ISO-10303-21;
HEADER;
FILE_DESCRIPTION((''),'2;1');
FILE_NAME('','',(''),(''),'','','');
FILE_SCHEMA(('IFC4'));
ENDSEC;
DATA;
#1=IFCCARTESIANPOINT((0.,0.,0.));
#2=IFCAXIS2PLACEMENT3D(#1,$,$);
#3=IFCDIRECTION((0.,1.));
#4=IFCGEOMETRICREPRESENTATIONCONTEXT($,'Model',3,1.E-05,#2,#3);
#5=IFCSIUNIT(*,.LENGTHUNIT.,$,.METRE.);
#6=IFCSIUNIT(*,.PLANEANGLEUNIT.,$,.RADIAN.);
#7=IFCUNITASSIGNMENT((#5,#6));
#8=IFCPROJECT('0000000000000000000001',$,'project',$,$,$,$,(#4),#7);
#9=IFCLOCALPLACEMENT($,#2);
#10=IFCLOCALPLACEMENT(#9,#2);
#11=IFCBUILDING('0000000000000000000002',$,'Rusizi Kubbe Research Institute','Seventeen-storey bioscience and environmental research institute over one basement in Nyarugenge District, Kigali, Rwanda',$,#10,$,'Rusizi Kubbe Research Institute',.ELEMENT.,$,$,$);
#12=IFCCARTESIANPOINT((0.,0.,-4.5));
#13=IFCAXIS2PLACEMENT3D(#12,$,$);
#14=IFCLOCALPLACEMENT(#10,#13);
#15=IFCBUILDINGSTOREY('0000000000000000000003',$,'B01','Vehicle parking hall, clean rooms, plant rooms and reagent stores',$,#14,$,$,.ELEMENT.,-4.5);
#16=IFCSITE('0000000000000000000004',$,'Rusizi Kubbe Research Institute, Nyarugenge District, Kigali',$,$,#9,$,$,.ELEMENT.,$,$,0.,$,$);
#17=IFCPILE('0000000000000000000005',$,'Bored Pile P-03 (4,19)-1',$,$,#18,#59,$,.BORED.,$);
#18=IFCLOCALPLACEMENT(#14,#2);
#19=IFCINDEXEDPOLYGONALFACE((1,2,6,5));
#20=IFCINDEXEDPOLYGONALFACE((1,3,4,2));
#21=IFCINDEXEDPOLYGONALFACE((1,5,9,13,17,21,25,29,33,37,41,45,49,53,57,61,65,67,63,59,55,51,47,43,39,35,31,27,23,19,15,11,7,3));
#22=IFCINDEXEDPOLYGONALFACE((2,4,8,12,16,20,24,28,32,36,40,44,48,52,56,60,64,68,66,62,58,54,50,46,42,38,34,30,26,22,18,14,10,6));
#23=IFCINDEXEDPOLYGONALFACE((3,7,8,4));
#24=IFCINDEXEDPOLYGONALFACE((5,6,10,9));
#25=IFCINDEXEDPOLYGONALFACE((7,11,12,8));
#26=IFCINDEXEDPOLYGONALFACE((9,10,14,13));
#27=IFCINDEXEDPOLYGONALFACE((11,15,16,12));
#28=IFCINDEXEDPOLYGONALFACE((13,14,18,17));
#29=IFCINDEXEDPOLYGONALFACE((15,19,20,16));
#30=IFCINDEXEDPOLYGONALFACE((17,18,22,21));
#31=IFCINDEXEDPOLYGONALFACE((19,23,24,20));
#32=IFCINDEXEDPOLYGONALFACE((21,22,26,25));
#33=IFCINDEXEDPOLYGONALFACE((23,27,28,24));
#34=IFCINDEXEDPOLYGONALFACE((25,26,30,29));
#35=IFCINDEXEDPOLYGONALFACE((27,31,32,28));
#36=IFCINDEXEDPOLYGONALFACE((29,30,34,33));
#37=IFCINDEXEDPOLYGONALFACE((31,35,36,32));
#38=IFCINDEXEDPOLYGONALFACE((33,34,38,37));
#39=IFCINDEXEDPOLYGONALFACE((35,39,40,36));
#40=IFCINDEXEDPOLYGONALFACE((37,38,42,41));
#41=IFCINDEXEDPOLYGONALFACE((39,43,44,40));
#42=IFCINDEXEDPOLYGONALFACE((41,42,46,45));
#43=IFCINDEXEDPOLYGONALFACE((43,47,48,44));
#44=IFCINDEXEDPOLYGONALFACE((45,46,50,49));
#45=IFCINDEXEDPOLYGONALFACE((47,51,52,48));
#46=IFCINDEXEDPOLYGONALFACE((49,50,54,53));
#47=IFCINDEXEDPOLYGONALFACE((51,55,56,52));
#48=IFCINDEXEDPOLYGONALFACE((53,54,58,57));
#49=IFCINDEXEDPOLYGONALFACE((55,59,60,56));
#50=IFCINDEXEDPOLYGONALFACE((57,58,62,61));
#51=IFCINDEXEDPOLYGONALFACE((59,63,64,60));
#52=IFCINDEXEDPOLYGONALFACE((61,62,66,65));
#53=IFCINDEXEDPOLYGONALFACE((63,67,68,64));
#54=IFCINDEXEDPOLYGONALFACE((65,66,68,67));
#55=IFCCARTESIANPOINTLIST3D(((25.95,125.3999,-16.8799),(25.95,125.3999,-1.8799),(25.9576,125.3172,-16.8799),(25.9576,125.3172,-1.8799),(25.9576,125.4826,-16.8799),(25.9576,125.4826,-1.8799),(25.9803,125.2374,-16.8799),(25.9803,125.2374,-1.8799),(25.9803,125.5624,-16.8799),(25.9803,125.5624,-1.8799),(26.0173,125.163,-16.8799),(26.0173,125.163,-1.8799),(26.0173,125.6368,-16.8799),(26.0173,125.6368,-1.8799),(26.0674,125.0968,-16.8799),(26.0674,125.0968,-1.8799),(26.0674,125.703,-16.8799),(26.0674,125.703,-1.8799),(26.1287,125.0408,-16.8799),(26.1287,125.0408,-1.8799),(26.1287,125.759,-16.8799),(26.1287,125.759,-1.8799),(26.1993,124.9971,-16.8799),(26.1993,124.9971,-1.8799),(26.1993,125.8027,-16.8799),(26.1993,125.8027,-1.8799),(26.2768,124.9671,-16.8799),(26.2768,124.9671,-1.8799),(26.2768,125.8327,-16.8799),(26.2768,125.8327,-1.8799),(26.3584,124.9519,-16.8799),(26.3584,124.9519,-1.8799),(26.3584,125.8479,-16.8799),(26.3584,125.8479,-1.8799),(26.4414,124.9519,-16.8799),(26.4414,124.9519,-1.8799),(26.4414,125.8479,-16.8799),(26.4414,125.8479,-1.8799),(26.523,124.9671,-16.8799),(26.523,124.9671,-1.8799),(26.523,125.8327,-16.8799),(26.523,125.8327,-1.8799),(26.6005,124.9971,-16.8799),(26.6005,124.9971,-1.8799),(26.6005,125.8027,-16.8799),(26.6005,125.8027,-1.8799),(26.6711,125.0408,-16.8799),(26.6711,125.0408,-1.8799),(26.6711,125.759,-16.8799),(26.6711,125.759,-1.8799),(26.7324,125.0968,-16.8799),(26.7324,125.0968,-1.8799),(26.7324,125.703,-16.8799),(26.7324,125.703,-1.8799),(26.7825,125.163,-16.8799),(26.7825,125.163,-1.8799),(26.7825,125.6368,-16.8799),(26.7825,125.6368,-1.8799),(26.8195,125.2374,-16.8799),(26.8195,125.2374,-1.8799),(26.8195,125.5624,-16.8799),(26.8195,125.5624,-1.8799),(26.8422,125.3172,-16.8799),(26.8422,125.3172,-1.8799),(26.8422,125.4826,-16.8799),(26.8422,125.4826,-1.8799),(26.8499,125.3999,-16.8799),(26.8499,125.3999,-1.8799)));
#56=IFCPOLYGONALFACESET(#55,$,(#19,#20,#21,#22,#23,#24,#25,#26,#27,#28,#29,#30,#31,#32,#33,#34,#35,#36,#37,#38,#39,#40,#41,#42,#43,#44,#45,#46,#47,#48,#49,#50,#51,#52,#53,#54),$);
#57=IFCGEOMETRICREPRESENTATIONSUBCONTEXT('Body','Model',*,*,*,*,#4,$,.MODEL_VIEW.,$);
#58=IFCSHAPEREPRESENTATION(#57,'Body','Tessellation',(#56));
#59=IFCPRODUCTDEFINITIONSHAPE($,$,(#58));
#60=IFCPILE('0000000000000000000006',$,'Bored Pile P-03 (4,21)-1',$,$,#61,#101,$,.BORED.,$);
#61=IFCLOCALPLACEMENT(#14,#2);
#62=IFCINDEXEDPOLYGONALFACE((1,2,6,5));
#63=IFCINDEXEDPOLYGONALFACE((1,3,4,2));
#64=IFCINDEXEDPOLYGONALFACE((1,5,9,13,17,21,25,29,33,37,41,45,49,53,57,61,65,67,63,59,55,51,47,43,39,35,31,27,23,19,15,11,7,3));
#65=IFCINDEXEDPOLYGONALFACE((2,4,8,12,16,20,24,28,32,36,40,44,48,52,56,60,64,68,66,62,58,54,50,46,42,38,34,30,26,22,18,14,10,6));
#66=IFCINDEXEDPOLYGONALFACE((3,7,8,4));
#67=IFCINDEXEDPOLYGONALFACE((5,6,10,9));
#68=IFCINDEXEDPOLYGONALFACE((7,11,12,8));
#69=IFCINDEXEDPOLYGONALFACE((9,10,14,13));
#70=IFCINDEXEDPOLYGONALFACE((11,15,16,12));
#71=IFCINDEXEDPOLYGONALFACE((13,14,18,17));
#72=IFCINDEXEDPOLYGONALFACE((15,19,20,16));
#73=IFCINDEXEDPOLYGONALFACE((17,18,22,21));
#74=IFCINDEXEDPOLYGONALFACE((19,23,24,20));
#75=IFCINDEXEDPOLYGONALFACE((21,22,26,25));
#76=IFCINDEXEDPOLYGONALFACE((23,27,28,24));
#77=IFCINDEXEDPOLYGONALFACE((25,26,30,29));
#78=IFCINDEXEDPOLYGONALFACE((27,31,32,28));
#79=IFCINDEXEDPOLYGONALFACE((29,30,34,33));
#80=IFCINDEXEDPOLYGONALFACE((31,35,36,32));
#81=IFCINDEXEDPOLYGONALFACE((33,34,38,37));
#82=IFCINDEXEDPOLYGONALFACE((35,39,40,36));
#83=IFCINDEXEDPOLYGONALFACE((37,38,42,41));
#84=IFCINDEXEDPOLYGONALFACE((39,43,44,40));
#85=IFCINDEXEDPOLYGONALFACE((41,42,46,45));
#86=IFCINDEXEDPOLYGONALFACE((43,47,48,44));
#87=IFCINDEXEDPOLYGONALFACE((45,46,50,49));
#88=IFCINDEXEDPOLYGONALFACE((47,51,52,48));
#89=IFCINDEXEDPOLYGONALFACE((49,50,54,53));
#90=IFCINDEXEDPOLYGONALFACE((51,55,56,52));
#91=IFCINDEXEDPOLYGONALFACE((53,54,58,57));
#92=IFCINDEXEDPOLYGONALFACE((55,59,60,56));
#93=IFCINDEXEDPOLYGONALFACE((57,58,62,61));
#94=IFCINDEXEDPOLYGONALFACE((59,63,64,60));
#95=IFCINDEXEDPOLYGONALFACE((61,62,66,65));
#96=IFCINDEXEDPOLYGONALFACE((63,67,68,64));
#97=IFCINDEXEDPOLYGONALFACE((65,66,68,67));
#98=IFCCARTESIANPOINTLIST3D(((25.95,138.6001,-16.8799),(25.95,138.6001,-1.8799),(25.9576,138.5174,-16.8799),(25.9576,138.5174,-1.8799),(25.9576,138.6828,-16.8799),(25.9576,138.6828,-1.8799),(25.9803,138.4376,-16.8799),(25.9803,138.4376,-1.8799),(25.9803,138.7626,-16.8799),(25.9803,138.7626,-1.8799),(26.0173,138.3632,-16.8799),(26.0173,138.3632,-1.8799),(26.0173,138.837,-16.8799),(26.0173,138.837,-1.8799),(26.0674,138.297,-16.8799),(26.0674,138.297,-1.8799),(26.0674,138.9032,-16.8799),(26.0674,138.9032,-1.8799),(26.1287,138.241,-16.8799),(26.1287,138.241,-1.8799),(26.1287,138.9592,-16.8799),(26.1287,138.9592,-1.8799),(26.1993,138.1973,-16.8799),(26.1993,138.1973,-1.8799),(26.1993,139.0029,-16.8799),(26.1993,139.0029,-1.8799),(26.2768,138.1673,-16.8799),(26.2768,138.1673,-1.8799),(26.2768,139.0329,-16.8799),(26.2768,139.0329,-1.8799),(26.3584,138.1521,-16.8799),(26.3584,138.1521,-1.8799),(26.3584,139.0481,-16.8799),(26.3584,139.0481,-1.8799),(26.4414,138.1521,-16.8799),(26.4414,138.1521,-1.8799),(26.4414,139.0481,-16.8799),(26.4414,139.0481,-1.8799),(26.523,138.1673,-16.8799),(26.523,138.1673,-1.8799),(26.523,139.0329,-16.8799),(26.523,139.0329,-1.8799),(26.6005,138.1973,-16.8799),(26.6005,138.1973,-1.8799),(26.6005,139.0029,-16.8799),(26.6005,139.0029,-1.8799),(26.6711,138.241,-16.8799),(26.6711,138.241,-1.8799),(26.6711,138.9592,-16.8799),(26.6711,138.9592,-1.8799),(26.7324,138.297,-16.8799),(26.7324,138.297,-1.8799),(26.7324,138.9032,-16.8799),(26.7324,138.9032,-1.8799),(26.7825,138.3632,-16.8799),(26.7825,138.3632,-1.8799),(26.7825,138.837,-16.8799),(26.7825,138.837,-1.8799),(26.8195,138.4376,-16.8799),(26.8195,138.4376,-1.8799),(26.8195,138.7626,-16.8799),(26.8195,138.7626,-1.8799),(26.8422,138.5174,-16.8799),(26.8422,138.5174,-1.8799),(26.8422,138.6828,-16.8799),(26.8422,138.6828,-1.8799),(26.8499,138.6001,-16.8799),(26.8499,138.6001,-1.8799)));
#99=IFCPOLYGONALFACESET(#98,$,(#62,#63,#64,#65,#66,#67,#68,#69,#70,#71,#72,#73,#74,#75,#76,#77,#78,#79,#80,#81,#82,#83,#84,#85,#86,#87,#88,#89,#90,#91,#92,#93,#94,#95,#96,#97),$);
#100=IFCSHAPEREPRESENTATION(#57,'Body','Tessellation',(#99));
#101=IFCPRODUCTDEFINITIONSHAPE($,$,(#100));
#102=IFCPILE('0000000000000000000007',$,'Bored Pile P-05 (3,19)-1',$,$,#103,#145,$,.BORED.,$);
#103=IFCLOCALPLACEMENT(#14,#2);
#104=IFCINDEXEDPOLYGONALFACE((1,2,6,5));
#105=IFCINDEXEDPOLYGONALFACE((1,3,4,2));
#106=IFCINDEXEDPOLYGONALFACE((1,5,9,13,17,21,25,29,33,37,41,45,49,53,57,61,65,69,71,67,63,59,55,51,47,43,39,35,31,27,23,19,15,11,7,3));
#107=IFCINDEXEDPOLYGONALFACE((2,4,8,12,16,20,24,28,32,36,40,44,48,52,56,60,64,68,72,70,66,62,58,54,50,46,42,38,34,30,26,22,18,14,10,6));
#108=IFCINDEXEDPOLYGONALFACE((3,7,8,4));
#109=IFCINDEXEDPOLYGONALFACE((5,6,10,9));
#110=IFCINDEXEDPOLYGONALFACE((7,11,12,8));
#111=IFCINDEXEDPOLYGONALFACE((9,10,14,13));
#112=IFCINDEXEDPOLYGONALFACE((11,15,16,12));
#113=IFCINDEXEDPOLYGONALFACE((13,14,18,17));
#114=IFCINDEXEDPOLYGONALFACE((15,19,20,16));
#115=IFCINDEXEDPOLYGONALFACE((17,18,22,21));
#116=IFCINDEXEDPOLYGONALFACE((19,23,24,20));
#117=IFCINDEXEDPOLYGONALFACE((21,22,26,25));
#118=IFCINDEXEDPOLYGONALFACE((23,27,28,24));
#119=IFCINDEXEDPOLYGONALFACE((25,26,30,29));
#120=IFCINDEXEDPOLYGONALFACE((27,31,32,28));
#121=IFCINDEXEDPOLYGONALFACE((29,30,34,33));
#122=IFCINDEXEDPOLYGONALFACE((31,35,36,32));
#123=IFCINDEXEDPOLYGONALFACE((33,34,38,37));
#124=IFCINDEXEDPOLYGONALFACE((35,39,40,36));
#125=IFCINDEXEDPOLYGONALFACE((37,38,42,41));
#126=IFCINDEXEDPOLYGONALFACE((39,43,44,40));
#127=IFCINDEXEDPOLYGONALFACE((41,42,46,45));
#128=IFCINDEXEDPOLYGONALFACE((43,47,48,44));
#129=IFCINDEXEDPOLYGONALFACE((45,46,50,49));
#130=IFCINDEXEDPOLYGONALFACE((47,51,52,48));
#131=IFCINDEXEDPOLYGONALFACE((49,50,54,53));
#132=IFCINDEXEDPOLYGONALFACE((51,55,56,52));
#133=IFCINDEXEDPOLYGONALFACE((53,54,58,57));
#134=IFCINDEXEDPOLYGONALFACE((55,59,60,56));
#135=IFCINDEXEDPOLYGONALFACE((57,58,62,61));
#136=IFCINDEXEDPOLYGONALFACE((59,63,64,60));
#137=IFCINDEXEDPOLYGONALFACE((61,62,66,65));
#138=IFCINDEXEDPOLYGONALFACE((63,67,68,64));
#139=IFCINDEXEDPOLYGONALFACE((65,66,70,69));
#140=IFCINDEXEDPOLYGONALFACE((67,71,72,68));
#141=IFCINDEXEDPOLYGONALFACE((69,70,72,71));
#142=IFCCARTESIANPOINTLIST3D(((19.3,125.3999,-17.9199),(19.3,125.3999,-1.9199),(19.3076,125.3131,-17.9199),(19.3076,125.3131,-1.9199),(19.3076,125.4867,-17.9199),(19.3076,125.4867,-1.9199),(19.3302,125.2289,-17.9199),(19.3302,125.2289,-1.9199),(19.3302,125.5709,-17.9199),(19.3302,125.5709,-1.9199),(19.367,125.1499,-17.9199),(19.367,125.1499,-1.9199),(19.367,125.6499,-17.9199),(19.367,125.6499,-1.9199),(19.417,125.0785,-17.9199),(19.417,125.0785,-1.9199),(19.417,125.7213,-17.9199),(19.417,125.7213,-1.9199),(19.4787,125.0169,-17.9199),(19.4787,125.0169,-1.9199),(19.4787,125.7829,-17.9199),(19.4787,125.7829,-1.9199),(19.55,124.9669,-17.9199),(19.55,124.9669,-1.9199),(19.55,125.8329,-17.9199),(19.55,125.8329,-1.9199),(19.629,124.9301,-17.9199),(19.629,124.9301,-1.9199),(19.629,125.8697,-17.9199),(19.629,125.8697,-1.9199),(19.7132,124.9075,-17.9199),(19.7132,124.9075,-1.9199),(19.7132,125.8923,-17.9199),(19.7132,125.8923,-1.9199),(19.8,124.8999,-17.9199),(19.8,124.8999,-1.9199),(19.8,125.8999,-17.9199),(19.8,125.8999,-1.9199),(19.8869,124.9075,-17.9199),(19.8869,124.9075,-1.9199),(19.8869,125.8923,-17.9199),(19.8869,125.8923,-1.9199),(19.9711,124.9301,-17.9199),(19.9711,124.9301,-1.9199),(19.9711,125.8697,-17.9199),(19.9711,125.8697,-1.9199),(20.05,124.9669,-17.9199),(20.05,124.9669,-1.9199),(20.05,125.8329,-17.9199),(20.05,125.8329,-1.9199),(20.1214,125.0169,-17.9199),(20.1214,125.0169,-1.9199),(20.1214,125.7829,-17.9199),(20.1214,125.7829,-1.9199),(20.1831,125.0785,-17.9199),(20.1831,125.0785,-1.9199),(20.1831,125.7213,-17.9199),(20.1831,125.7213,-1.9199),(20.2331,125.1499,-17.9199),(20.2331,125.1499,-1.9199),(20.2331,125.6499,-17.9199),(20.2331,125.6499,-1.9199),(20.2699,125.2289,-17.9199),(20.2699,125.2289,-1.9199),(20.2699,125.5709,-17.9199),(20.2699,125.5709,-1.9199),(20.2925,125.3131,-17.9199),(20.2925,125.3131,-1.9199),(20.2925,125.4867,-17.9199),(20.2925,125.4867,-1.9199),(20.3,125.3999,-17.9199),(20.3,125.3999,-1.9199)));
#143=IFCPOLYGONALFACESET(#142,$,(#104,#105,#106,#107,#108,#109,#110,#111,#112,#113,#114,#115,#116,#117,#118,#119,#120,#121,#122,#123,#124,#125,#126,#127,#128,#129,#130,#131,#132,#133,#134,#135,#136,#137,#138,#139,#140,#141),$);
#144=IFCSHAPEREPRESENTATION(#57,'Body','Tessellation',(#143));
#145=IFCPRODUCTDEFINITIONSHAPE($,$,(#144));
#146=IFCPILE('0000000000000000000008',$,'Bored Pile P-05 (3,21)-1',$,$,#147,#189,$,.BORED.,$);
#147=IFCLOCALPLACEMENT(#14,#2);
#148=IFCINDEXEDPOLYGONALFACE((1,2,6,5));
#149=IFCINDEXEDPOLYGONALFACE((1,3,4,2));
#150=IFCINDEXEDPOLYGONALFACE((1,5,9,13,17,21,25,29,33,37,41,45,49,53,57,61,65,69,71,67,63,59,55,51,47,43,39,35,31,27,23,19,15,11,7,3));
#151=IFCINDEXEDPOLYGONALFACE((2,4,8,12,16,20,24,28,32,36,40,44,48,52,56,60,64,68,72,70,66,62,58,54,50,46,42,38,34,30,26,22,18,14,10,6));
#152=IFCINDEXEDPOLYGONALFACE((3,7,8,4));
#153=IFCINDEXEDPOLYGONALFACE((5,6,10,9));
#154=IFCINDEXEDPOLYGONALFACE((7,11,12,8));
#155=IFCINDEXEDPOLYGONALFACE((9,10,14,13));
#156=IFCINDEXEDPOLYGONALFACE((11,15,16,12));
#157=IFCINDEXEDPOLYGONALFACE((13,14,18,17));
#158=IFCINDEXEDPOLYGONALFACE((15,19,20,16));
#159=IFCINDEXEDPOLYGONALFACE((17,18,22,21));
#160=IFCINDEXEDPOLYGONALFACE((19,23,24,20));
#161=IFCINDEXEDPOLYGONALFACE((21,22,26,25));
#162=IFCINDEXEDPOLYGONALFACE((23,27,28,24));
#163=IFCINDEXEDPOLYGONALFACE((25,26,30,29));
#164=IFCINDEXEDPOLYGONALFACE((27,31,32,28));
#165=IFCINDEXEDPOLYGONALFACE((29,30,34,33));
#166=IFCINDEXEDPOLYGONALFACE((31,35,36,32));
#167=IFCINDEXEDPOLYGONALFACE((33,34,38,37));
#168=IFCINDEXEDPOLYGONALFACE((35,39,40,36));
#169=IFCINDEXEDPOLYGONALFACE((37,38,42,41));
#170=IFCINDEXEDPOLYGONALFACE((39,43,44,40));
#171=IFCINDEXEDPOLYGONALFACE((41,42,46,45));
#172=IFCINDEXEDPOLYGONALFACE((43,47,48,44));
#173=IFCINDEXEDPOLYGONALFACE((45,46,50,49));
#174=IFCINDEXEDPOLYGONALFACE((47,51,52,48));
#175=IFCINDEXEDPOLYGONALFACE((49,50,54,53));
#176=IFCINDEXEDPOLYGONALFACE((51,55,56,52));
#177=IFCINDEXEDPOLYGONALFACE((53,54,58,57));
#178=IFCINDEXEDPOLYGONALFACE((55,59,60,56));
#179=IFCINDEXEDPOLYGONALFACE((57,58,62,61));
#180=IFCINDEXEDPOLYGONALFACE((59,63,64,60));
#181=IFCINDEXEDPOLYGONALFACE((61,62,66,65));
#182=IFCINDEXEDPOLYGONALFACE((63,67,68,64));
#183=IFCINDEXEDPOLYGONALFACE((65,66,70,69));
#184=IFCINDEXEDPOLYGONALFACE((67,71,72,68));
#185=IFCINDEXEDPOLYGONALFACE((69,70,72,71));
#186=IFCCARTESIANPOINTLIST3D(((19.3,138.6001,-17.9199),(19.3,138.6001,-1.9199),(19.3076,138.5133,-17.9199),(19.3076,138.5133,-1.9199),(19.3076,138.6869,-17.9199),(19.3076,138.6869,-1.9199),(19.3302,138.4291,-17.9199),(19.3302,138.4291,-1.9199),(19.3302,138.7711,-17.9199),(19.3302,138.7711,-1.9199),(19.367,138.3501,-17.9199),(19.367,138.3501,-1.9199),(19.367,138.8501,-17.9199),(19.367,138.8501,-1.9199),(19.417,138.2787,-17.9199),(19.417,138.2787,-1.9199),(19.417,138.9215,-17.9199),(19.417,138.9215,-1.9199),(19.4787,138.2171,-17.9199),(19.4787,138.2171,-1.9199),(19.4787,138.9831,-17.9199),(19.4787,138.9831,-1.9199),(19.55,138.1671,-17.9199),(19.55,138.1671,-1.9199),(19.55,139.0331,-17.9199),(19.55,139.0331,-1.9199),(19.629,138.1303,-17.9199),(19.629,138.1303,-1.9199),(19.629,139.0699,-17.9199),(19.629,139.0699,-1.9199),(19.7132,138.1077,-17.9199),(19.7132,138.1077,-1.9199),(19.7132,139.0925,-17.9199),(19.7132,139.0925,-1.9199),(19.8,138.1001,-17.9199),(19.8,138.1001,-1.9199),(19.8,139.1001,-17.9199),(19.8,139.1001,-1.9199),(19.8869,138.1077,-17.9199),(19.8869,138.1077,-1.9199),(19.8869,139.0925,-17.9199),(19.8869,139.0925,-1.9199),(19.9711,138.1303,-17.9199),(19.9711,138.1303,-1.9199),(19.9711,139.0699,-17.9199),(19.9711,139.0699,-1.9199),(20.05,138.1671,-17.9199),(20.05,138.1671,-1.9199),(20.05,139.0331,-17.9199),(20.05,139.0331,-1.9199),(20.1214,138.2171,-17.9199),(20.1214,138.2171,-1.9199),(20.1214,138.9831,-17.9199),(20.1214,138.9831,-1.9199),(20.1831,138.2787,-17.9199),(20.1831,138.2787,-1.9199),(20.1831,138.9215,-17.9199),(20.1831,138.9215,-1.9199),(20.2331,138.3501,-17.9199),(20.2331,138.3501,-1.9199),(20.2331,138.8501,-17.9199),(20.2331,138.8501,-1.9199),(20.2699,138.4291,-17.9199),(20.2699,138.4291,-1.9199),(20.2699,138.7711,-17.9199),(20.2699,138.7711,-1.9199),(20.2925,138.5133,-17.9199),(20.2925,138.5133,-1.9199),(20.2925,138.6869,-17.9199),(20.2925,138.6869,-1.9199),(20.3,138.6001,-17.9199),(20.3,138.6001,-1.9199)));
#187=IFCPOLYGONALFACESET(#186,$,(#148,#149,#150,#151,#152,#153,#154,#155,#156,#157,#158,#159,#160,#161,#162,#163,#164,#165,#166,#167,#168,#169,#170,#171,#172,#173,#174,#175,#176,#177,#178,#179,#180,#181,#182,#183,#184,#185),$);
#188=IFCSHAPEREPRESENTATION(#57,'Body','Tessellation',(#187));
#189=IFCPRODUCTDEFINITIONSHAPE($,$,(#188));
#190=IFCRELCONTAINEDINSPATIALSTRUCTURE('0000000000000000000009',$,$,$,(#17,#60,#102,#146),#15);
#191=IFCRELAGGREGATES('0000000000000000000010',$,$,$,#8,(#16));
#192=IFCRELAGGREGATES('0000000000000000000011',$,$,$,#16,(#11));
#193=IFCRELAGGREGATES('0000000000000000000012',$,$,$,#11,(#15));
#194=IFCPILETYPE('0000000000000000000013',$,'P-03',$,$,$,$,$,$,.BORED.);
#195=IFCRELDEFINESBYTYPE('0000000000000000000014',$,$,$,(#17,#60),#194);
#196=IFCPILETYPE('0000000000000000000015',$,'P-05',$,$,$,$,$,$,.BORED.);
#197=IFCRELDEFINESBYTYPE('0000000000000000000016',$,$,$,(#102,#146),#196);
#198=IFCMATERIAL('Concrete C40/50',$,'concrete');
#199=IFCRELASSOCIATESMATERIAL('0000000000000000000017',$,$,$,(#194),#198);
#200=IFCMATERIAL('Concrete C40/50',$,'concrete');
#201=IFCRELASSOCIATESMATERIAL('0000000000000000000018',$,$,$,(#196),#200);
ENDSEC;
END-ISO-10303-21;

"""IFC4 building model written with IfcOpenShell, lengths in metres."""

from ifc_helpers import new_model, si_unit, direction, frame, origin, origin_2d, place, context, subcontext, project, spatial, circle, extrude, material, material_profile, profile_set, type_object, element, save


model = new_model("IFC4")

# Units and contexts
model_context = context("Model", 3, precision=1e-05, world=origin(), true_north=direction((0.0, 1.0)))
body_context = subcontext(model_context, "Body", "Model", "MODEL_VIEW")
ifc_project = project(units=[si_unit("LENGTHUNIT", "METRE"), si_unit("PLANEANGLEUNIT", "RADIAN")], contexts=[model_context])

# Site, building, storey
site_placement = place(None, origin())
site = spatial("IfcSite", under=ifc_project, at=site_placement, Name="Rusizi Kubbe Research Institute, Nyarugenge District, Kigali", CompositionType="ELEMENT", RefElevation=0.0)
building_placement = place(site_placement, origin())
building = spatial("IfcBuilding", under=site, at=building_placement, Name="Rusizi Kubbe Research Institute", Description="Seventeen-storey bioscience and environmental research institute over one basement in Nyarugenge District, Kigali, Rwanda", LongName="Rusizi Kubbe Research Institute", CompositionType="ELEMENT")
storey_placement = place(building_placement, frame((0.0, 0.0, -4.5)))
storey = spatial("IfcBuildingStorey", under=building, at=storey_placement, Name="B01", Description="Vehicle parking hall, clean rooms, plant rooms and reagent stores", CompositionType="ELEMENT", Elevation=-4.5)

# Piles
ifc_material_1 = material(Name="Concrete C40/50", Category="concrete")
ifc_material_profile_1 = material_profile(ifc_material_1, circle(Radius=0.45, at=origin_2d()), Name="PILE-D900")
ifc_profile_set_1 = profile_set([ifc_material_profile_1], Name="Concrete C40/50")
pile_type_1 = type_object("IfcPileType", Name="P-03", PredefinedType="BORED", material=ifc_profile_set_1)
for number, where, z_axis, x_axis, name in (
    (1, (26.3999, 125.3999, -1.8799), (0.0, 0.0, -1.0), (1.0, 0.0, 0.0), "Bored Pile P-03 (4,19)-1"),
    (2, (26.3999, 138.6001, -1.8799), (0.0, 0.0, -1.0), (1.0, 0.0, 0.0), "Bored Pile P-03 (4,21)-1"),
):
    element("IfcPile", number, at=place(storey_placement, frame(where, z_axis=z_axis, x_axis=x_axis)), inside=storey, type_object=pile_type_1, Name=name, PredefinedType="BORED", context=body_context, shape_type="SweptSolid", body=[
        extrude(circle(Radius=0.45, at=origin_2d()), origin(), (0.0, 0.0, 1.0), 15.0),
    ])
ifc_material_2 = material(Name="Concrete C40/50", Category="concrete")
ifc_material_profile_2 = material_profile(ifc_material_2, circle(Radius=0.5, at=origin_2d()), Name="PILE-D1000")
ifc_profile_set_2 = profile_set([ifc_material_profile_2], Name="Concrete C40/50")
pile_type_2 = type_object("IfcPileType", Name="P-05", PredefinedType="BORED", material=ifc_profile_set_2)
for number, where, z_axis, x_axis, name in (
    (3, (19.8, 125.3999, -1.9199), (0.0, 0.0, -1.0), (1.0, 0.0, 0.0), "Bored Pile P-05 (3,19)-1"),
    (4, (19.8, 138.6001, -1.9199), (0.0, 0.0, -1.0), (1.0, 0.0, 0.0), "Bored Pile P-05 (3,21)-1"),
):
    element("IfcPile", number, at=place(storey_placement, frame(where, z_axis=z_axis, x_axis=x_axis)), inside=storey, type_object=pile_type_2, Name=name, PredefinedType="BORED", context=body_context, shape_type="SweptSolid", body=[
        extrude(circle(Radius=0.5, at=origin_2d()), origin(), (0.0, 0.0, 1.0), 16.0),
    ])

save(model, "model.ifc")
